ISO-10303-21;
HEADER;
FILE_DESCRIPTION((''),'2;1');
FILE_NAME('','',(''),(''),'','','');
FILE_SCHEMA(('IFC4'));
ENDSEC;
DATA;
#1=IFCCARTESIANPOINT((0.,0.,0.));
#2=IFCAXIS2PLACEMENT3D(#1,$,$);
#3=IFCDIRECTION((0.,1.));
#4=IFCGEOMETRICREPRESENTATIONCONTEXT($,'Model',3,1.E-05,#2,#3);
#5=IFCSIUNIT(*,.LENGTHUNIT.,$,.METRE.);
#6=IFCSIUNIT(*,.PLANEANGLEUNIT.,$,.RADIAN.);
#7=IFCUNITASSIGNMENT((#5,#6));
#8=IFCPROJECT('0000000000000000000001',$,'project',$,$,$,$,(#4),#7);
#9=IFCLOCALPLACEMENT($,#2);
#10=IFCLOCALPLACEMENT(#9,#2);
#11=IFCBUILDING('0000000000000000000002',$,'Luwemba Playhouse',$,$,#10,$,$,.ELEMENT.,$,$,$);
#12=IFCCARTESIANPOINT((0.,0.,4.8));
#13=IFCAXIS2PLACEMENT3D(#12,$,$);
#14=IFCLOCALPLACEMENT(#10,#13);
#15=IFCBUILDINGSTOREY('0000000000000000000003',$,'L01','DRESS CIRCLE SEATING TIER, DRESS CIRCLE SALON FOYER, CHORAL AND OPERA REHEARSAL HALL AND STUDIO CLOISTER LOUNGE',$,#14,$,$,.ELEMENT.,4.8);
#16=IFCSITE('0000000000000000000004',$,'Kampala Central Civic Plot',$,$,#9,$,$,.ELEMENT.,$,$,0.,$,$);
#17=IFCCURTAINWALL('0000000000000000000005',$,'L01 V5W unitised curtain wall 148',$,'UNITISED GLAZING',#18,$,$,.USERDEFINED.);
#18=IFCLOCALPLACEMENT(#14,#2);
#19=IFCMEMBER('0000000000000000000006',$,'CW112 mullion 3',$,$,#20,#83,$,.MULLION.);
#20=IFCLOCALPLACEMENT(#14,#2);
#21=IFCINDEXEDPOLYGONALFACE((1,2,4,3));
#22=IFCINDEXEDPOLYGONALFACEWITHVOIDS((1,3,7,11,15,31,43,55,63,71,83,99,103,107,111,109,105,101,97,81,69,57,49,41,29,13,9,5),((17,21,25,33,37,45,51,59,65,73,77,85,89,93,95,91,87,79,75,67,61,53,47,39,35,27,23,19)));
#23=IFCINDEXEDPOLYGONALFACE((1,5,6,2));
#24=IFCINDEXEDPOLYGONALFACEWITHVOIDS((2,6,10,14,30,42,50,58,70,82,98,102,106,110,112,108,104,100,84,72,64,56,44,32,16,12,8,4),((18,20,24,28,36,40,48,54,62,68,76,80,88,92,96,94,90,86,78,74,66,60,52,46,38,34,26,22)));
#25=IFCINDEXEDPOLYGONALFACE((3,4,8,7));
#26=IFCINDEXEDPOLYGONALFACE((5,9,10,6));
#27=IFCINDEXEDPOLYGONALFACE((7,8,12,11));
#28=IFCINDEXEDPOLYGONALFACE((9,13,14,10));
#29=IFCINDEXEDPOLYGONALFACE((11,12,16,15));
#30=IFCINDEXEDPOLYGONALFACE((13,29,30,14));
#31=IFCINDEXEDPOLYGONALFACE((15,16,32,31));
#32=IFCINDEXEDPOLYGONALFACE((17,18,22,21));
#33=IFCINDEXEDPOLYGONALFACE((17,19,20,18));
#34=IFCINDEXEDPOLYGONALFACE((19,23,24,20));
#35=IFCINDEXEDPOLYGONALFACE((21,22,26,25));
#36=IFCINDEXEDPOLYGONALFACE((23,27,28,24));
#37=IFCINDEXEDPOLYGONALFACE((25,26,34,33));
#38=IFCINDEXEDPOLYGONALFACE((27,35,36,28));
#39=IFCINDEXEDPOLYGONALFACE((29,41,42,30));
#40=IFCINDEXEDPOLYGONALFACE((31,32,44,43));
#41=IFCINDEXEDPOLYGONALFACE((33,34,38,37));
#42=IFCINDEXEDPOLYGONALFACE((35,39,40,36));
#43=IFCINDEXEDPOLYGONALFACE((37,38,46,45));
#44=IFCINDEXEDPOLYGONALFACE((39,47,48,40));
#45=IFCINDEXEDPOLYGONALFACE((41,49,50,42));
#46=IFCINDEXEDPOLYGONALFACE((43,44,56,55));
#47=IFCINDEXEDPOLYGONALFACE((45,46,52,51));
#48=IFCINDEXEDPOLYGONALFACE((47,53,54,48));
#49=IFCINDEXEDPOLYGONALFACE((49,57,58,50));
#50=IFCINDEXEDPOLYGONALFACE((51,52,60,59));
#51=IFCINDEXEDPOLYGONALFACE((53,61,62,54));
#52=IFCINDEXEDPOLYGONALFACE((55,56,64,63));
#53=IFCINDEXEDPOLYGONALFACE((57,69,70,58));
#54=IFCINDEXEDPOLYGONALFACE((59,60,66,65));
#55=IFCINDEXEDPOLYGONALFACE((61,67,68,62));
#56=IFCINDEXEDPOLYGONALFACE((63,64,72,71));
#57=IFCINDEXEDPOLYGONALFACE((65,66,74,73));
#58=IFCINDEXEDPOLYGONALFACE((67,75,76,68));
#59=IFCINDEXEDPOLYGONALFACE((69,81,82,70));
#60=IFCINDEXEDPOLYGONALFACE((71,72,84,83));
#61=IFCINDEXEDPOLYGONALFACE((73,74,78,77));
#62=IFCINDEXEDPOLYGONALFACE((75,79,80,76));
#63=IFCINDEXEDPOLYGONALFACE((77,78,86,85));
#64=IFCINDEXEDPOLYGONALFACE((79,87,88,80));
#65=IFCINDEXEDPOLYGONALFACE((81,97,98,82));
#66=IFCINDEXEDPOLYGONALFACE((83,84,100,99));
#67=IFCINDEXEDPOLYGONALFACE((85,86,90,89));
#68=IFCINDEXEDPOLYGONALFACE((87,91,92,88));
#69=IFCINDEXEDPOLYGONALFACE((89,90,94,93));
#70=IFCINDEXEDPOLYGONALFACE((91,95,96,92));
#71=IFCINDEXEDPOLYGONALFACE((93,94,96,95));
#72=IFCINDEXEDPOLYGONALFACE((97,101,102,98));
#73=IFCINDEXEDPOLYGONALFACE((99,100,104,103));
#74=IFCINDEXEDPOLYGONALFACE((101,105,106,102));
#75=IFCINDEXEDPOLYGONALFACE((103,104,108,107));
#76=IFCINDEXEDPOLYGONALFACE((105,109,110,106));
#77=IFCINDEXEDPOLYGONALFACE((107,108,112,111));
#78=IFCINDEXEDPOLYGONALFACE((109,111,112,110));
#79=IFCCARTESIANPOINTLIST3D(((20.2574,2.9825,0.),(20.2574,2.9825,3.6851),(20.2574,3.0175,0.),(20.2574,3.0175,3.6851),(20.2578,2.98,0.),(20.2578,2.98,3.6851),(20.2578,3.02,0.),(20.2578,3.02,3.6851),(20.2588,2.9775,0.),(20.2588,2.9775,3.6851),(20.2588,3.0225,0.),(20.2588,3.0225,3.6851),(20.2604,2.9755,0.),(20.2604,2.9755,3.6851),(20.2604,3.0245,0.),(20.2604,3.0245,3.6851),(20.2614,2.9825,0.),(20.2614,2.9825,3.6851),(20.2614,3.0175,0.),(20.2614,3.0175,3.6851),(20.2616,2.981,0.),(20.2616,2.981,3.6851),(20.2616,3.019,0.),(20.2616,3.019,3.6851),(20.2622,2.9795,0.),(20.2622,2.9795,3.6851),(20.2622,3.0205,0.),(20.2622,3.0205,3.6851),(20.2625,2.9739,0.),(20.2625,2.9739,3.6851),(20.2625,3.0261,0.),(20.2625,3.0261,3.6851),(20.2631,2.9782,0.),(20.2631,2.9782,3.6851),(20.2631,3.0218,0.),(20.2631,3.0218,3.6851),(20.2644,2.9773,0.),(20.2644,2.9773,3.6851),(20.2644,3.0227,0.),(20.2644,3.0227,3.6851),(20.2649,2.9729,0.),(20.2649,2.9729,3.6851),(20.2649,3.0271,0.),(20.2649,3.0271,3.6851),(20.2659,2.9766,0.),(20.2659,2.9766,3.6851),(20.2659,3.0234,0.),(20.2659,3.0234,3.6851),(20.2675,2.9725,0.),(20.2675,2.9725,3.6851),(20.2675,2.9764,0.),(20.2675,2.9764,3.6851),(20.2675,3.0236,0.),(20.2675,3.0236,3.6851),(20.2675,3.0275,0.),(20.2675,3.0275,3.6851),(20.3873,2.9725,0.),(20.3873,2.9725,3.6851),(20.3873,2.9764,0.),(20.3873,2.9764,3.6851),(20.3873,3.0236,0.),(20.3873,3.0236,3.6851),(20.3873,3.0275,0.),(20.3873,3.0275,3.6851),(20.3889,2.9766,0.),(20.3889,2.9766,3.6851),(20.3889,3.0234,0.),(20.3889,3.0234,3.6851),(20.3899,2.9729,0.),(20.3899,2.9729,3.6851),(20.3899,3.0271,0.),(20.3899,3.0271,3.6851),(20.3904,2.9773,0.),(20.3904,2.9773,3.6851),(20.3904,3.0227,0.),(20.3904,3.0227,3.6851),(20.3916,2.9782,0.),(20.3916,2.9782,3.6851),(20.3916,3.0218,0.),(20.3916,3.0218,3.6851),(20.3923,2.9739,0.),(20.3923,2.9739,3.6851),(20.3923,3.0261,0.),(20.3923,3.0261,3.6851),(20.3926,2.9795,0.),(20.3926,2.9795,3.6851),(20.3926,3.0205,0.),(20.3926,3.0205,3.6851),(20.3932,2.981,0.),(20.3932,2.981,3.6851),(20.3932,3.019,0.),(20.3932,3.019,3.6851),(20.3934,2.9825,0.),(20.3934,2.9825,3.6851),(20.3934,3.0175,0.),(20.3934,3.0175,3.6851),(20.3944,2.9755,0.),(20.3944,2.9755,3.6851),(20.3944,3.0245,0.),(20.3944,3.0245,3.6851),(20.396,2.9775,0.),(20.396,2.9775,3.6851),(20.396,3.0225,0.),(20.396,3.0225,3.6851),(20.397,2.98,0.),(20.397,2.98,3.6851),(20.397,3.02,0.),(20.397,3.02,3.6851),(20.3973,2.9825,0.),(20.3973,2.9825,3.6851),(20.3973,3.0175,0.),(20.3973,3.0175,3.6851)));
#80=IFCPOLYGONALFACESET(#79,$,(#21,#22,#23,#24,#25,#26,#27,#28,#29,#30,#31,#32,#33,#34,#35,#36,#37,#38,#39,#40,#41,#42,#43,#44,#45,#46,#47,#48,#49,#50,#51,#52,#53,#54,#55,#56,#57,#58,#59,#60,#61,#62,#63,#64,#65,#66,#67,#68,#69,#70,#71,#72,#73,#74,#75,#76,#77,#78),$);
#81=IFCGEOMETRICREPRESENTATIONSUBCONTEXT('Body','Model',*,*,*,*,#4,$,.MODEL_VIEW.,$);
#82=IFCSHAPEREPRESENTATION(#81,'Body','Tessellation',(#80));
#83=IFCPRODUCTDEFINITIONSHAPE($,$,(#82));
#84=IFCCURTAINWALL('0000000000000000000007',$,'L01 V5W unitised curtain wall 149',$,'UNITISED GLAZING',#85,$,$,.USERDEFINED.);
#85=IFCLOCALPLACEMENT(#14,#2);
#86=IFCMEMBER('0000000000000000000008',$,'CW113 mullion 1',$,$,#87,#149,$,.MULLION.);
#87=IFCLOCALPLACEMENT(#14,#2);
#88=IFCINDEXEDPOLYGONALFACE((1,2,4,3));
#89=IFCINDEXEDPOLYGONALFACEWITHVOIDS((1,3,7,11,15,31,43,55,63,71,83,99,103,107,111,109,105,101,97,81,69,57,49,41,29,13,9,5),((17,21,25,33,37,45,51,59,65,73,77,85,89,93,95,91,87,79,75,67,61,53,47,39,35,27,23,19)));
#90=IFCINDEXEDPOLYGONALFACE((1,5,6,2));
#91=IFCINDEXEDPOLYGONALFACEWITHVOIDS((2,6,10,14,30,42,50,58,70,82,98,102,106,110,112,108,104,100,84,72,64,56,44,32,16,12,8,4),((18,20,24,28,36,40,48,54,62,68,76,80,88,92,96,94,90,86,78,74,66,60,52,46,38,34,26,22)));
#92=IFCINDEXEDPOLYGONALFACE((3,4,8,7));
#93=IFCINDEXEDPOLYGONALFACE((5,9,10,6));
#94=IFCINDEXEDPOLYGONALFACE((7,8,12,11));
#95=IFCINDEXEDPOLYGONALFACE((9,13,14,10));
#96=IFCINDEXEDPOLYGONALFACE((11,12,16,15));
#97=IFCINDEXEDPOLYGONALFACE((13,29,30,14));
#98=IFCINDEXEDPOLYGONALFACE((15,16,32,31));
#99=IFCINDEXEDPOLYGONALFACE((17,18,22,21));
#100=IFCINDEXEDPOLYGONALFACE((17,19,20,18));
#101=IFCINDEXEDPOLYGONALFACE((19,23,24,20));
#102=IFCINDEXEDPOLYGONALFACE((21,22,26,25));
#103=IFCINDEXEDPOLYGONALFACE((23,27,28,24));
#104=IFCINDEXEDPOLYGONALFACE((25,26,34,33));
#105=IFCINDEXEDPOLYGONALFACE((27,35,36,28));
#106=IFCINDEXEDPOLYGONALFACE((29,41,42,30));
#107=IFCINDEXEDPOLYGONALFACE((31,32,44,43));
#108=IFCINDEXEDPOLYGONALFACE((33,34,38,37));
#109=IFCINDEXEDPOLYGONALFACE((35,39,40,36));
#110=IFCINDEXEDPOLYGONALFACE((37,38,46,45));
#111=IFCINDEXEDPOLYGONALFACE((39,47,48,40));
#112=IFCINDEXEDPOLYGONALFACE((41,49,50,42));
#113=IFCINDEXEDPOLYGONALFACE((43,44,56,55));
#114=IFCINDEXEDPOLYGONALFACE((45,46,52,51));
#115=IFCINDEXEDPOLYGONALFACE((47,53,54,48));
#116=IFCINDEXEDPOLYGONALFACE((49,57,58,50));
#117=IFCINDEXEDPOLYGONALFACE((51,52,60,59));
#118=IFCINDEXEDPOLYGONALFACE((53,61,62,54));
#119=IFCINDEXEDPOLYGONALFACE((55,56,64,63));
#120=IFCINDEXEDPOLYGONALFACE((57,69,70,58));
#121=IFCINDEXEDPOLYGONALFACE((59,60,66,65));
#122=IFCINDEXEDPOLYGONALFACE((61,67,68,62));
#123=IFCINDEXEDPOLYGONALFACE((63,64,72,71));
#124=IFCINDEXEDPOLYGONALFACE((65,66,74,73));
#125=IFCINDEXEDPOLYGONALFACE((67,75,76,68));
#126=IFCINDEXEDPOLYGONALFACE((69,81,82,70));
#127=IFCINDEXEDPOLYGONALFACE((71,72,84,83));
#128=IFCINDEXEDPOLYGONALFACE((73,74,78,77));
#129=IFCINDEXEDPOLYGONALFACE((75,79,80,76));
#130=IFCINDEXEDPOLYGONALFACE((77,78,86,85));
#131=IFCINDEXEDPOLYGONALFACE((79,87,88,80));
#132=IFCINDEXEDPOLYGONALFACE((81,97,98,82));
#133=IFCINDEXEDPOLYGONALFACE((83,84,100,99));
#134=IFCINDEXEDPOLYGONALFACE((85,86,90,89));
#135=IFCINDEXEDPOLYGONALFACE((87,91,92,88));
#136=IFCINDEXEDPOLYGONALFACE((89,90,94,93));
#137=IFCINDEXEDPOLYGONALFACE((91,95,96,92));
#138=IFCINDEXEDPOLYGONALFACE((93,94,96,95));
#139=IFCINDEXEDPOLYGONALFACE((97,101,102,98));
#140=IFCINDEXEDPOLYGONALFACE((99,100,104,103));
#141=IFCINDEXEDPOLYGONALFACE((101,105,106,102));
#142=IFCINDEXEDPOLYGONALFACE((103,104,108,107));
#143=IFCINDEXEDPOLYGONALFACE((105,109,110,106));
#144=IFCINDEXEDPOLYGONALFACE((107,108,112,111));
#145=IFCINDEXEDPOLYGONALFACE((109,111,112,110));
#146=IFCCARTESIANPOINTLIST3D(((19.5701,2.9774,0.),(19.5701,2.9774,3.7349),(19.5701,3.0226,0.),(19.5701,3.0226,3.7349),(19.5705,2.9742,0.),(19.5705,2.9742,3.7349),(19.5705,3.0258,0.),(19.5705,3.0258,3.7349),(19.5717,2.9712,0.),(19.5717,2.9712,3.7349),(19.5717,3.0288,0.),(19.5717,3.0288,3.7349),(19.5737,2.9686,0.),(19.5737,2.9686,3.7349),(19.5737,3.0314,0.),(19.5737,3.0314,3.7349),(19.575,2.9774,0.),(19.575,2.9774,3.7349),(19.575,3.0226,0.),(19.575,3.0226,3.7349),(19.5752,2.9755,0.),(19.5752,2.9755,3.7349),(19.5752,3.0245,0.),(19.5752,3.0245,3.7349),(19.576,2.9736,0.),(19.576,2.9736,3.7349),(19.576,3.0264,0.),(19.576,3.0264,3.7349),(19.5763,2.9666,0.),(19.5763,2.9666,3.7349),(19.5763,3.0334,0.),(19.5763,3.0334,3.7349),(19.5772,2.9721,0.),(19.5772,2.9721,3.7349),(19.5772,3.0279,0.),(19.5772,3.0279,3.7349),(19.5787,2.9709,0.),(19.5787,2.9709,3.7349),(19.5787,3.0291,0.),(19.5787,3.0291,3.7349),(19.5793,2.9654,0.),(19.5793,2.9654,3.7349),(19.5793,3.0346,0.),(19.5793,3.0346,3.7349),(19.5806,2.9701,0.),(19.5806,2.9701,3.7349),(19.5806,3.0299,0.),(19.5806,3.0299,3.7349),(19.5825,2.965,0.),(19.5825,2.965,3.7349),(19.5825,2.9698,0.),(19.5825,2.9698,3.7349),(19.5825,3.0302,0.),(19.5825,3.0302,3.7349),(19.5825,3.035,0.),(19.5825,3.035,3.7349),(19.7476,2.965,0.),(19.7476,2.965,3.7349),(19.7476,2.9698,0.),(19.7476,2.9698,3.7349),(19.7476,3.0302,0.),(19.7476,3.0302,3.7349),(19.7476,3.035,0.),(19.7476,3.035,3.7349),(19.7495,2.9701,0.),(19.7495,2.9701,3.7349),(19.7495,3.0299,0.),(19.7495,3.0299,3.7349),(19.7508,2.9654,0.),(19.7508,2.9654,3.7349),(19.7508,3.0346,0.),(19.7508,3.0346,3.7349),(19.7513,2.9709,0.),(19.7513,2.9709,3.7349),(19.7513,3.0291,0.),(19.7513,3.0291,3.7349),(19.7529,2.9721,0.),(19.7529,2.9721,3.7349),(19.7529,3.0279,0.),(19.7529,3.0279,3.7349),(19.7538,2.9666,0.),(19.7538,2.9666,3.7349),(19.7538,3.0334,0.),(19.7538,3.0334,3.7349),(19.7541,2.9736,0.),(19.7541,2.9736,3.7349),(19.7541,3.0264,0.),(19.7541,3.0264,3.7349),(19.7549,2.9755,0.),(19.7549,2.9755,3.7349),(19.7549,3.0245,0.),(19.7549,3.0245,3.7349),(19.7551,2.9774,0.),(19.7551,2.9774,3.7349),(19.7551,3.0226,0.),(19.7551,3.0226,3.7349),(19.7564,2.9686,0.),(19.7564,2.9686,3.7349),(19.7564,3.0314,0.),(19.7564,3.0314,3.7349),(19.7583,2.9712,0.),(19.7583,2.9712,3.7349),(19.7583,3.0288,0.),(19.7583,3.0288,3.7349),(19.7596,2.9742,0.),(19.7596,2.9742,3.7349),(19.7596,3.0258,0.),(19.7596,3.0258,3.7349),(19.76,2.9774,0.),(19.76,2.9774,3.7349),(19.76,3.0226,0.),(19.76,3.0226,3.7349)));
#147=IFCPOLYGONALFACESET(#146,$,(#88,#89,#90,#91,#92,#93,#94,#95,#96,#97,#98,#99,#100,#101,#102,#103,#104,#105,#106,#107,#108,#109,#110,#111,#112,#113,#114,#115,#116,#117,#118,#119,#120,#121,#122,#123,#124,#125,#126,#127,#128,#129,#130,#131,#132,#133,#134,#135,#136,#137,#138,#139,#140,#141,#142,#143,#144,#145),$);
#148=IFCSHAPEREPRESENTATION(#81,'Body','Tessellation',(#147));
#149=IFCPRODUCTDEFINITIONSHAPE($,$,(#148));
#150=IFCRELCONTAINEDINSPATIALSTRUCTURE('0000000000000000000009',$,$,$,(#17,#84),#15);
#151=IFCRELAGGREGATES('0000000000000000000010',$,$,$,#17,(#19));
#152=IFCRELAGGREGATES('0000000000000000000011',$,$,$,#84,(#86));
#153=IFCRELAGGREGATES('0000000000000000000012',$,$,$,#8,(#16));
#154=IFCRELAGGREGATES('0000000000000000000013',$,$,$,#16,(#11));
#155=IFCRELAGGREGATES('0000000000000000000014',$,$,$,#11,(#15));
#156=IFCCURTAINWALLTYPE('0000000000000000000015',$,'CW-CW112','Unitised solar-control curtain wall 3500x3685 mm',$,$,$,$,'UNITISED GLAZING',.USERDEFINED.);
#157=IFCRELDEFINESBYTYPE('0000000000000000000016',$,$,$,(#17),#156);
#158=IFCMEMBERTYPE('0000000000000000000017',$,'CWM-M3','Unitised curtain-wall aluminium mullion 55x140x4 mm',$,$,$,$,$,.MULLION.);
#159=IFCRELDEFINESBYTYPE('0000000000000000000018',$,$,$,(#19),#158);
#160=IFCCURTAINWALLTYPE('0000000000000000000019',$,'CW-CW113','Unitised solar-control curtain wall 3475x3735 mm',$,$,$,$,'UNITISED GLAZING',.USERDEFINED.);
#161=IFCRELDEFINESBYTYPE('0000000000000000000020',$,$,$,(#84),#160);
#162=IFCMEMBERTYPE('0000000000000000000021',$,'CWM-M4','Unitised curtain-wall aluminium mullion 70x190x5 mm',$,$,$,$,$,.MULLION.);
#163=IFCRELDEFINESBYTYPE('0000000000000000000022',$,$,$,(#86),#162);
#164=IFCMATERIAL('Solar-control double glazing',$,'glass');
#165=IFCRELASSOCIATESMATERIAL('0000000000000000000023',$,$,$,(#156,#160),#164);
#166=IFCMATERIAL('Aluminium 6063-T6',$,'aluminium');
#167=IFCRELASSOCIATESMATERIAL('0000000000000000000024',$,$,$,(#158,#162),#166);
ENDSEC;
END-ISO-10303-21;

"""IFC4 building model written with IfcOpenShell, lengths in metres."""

from ifc_helpers import new_model, si_unit, direction, frame, origin, origin_2d, place, context, subcontext, project, spatial, hollow_rectangle, extrude, material, material_profile, profile_set, type_object, element, aggregate, save


model = new_model("IFC4")

# Units and contexts
model_context = context("Model", 3, precision=1e-05, world=origin(), true_north=direction((0.0, 1.0)))
body_context = subcontext(model_context, "Body", "Model", "MODEL_VIEW")
ifc_project = project(units=[si_unit("LENGTHUNIT", "METRE"), si_unit("PLANEANGLEUNIT", "RADIAN")], contexts=[model_context])

# Site, building, storey
site_placement = place(None, origin())
site = spatial("IfcSite", under=ifc_project, at=site_placement, Name="Kampala Central Civic Plot", CompositionType="ELEMENT", RefElevation=0.0)
building_placement = place(site_placement, origin())
building = spatial("IfcBuilding", under=site, at=building_placement, Name="Luwemba Playhouse", CompositionType="ELEMENT")
storey_placement = place(building_placement, frame((0.0, 0.0, 4.8)))
storey = spatial("IfcBuildingStorey", under=building, at=storey_placement, Name="L01", Description="DRESS CIRCLE SEATING TIER, DRESS CIRCLE SALON FOYER, CHORAL AND OPERA REHEARSAL HALL AND STUDIO CLOISTER LOUNGE", CompositionType="ELEMENT", Elevation=4.8)

# Curtain walls, members
ifc_material_1 = material(Name="Solar-control double glazing", Category="glass")
curtain_wall_type_1 = type_object("IfcCurtainWallType", Name="CW-CW112", Description="Unitised solar-control curtain wall 3500x3685 mm", ElementType="UNITISED GLAZING", PredefinedType="USERDEFINED", material=ifc_material_1)
curtain_wall_1_placement = place(storey_placement, origin())
curtain_wall_1 = element("IfcCurtainWall", 1, at=curtain_wall_1_placement, inside=storey, type_object=curtain_wall_type_1, Name="L01 V5W unitised curtain wall 148", ObjectType="UNITISED GLAZING", PredefinedType="USERDEFINED")
ifc_material_2 = material(Name="Aluminium 6063-T6", Category="aluminium")
ifc_material_profile_1 = material_profile(ifc_material_2, hollow_rectangle(XDim=0.0549, YDim=0.1399, WallThickness=0.0039, InnerFilletRadius=0.0061, OuterFilletRadius=0.01, at=origin_2d()))
ifc_profile_set_1 = profile_set([ifc_material_profile_1], Name="Aluminium 6063-T6")
member_type_1 = type_object("IfcMemberType", Name="CWM-M3", Description="Unitised curtain-wall aluminium mullion 55x140x4 mm", PredefinedType="MULLION", material=ifc_profile_set_1)
member_1_placement = place(storey_placement, frame((20.3274, 3.0, 0.0), z_axis=(0.0, 0.0, 1.0), x_axis=(0.0, -1.0, 0.0)))
member_1 = element("IfcMember", 2, at=member_1_placement, type_object=member_type_1, Name="CW112 mullion 3", PredefinedType="MULLION", context=body_context, shape_type="SweptSolid", body=[
    extrude(hollow_rectangle(XDim=0.0549, YDim=0.1399, WallThickness=0.0039, InnerFilletRadius=0.0061, OuterFilletRadius=0.01, at=origin_2d()), origin(), (0.0, 0.0, 1.0), 3.6851),
])
curtain_wall_type_2 = type_object("IfcCurtainWallType", Name="CW-CW113", Description="Unitised solar-control curtain wall 3475x3735 mm", ElementType="UNITISED GLAZING", PredefinedType="USERDEFINED", material=ifc_material_1)
curtain_wall_2_placement = place(storey_placement, origin())
curtain_wall_2 = element("IfcCurtainWall", 3, at=curtain_wall_2_placement, inside=storey, type_object=curtain_wall_type_2, Name="L01 V5W unitised curtain wall 149", ObjectType="UNITISED GLAZING", PredefinedType="USERDEFINED")
ifc_material_profile_2 = material_profile(ifc_material_2, hollow_rectangle(XDim=0.0701, YDim=0.1899, WallThickness=0.0049, InnerFilletRadius=0.0076, OuterFilletRadius=0.0125, at=origin_2d()))
ifc_profile_set_2 = profile_set([ifc_material_profile_2], Name="Aluminium 6063-T6")
member_type_2 = type_object("IfcMemberType", Name="CWM-M4", Description="Unitised curtain-wall aluminium mullion 70x190x5 mm", PredefinedType="MULLION", material=ifc_profile_set_2)
member_2_placement = place(storey_placement, frame((19.665, 3.0, 0.0), z_axis=(0.0, 0.0, 1.0), x_axis=(0.0, -1.0, 0.0)))
member_2 = element("IfcMember", 4, at=member_2_placement, type_object=member_type_2, Name="CW113 mullion 1", PredefinedType="MULLION", context=body_context, shape_type="SweptSolid", body=[
    extrude(hollow_rectangle(XDim=0.0701, YDim=0.1899, WallThickness=0.0049, InnerFilletRadius=0.0076, OuterFilletRadius=0.0125, at=origin_2d()), origin(), (0.0, 0.0, 1.0), 3.7349),
])

aggregate(curtain_wall_1, [member_1])
aggregate(curtain_wall_2, [member_2])

save(model, "model.ifc")
